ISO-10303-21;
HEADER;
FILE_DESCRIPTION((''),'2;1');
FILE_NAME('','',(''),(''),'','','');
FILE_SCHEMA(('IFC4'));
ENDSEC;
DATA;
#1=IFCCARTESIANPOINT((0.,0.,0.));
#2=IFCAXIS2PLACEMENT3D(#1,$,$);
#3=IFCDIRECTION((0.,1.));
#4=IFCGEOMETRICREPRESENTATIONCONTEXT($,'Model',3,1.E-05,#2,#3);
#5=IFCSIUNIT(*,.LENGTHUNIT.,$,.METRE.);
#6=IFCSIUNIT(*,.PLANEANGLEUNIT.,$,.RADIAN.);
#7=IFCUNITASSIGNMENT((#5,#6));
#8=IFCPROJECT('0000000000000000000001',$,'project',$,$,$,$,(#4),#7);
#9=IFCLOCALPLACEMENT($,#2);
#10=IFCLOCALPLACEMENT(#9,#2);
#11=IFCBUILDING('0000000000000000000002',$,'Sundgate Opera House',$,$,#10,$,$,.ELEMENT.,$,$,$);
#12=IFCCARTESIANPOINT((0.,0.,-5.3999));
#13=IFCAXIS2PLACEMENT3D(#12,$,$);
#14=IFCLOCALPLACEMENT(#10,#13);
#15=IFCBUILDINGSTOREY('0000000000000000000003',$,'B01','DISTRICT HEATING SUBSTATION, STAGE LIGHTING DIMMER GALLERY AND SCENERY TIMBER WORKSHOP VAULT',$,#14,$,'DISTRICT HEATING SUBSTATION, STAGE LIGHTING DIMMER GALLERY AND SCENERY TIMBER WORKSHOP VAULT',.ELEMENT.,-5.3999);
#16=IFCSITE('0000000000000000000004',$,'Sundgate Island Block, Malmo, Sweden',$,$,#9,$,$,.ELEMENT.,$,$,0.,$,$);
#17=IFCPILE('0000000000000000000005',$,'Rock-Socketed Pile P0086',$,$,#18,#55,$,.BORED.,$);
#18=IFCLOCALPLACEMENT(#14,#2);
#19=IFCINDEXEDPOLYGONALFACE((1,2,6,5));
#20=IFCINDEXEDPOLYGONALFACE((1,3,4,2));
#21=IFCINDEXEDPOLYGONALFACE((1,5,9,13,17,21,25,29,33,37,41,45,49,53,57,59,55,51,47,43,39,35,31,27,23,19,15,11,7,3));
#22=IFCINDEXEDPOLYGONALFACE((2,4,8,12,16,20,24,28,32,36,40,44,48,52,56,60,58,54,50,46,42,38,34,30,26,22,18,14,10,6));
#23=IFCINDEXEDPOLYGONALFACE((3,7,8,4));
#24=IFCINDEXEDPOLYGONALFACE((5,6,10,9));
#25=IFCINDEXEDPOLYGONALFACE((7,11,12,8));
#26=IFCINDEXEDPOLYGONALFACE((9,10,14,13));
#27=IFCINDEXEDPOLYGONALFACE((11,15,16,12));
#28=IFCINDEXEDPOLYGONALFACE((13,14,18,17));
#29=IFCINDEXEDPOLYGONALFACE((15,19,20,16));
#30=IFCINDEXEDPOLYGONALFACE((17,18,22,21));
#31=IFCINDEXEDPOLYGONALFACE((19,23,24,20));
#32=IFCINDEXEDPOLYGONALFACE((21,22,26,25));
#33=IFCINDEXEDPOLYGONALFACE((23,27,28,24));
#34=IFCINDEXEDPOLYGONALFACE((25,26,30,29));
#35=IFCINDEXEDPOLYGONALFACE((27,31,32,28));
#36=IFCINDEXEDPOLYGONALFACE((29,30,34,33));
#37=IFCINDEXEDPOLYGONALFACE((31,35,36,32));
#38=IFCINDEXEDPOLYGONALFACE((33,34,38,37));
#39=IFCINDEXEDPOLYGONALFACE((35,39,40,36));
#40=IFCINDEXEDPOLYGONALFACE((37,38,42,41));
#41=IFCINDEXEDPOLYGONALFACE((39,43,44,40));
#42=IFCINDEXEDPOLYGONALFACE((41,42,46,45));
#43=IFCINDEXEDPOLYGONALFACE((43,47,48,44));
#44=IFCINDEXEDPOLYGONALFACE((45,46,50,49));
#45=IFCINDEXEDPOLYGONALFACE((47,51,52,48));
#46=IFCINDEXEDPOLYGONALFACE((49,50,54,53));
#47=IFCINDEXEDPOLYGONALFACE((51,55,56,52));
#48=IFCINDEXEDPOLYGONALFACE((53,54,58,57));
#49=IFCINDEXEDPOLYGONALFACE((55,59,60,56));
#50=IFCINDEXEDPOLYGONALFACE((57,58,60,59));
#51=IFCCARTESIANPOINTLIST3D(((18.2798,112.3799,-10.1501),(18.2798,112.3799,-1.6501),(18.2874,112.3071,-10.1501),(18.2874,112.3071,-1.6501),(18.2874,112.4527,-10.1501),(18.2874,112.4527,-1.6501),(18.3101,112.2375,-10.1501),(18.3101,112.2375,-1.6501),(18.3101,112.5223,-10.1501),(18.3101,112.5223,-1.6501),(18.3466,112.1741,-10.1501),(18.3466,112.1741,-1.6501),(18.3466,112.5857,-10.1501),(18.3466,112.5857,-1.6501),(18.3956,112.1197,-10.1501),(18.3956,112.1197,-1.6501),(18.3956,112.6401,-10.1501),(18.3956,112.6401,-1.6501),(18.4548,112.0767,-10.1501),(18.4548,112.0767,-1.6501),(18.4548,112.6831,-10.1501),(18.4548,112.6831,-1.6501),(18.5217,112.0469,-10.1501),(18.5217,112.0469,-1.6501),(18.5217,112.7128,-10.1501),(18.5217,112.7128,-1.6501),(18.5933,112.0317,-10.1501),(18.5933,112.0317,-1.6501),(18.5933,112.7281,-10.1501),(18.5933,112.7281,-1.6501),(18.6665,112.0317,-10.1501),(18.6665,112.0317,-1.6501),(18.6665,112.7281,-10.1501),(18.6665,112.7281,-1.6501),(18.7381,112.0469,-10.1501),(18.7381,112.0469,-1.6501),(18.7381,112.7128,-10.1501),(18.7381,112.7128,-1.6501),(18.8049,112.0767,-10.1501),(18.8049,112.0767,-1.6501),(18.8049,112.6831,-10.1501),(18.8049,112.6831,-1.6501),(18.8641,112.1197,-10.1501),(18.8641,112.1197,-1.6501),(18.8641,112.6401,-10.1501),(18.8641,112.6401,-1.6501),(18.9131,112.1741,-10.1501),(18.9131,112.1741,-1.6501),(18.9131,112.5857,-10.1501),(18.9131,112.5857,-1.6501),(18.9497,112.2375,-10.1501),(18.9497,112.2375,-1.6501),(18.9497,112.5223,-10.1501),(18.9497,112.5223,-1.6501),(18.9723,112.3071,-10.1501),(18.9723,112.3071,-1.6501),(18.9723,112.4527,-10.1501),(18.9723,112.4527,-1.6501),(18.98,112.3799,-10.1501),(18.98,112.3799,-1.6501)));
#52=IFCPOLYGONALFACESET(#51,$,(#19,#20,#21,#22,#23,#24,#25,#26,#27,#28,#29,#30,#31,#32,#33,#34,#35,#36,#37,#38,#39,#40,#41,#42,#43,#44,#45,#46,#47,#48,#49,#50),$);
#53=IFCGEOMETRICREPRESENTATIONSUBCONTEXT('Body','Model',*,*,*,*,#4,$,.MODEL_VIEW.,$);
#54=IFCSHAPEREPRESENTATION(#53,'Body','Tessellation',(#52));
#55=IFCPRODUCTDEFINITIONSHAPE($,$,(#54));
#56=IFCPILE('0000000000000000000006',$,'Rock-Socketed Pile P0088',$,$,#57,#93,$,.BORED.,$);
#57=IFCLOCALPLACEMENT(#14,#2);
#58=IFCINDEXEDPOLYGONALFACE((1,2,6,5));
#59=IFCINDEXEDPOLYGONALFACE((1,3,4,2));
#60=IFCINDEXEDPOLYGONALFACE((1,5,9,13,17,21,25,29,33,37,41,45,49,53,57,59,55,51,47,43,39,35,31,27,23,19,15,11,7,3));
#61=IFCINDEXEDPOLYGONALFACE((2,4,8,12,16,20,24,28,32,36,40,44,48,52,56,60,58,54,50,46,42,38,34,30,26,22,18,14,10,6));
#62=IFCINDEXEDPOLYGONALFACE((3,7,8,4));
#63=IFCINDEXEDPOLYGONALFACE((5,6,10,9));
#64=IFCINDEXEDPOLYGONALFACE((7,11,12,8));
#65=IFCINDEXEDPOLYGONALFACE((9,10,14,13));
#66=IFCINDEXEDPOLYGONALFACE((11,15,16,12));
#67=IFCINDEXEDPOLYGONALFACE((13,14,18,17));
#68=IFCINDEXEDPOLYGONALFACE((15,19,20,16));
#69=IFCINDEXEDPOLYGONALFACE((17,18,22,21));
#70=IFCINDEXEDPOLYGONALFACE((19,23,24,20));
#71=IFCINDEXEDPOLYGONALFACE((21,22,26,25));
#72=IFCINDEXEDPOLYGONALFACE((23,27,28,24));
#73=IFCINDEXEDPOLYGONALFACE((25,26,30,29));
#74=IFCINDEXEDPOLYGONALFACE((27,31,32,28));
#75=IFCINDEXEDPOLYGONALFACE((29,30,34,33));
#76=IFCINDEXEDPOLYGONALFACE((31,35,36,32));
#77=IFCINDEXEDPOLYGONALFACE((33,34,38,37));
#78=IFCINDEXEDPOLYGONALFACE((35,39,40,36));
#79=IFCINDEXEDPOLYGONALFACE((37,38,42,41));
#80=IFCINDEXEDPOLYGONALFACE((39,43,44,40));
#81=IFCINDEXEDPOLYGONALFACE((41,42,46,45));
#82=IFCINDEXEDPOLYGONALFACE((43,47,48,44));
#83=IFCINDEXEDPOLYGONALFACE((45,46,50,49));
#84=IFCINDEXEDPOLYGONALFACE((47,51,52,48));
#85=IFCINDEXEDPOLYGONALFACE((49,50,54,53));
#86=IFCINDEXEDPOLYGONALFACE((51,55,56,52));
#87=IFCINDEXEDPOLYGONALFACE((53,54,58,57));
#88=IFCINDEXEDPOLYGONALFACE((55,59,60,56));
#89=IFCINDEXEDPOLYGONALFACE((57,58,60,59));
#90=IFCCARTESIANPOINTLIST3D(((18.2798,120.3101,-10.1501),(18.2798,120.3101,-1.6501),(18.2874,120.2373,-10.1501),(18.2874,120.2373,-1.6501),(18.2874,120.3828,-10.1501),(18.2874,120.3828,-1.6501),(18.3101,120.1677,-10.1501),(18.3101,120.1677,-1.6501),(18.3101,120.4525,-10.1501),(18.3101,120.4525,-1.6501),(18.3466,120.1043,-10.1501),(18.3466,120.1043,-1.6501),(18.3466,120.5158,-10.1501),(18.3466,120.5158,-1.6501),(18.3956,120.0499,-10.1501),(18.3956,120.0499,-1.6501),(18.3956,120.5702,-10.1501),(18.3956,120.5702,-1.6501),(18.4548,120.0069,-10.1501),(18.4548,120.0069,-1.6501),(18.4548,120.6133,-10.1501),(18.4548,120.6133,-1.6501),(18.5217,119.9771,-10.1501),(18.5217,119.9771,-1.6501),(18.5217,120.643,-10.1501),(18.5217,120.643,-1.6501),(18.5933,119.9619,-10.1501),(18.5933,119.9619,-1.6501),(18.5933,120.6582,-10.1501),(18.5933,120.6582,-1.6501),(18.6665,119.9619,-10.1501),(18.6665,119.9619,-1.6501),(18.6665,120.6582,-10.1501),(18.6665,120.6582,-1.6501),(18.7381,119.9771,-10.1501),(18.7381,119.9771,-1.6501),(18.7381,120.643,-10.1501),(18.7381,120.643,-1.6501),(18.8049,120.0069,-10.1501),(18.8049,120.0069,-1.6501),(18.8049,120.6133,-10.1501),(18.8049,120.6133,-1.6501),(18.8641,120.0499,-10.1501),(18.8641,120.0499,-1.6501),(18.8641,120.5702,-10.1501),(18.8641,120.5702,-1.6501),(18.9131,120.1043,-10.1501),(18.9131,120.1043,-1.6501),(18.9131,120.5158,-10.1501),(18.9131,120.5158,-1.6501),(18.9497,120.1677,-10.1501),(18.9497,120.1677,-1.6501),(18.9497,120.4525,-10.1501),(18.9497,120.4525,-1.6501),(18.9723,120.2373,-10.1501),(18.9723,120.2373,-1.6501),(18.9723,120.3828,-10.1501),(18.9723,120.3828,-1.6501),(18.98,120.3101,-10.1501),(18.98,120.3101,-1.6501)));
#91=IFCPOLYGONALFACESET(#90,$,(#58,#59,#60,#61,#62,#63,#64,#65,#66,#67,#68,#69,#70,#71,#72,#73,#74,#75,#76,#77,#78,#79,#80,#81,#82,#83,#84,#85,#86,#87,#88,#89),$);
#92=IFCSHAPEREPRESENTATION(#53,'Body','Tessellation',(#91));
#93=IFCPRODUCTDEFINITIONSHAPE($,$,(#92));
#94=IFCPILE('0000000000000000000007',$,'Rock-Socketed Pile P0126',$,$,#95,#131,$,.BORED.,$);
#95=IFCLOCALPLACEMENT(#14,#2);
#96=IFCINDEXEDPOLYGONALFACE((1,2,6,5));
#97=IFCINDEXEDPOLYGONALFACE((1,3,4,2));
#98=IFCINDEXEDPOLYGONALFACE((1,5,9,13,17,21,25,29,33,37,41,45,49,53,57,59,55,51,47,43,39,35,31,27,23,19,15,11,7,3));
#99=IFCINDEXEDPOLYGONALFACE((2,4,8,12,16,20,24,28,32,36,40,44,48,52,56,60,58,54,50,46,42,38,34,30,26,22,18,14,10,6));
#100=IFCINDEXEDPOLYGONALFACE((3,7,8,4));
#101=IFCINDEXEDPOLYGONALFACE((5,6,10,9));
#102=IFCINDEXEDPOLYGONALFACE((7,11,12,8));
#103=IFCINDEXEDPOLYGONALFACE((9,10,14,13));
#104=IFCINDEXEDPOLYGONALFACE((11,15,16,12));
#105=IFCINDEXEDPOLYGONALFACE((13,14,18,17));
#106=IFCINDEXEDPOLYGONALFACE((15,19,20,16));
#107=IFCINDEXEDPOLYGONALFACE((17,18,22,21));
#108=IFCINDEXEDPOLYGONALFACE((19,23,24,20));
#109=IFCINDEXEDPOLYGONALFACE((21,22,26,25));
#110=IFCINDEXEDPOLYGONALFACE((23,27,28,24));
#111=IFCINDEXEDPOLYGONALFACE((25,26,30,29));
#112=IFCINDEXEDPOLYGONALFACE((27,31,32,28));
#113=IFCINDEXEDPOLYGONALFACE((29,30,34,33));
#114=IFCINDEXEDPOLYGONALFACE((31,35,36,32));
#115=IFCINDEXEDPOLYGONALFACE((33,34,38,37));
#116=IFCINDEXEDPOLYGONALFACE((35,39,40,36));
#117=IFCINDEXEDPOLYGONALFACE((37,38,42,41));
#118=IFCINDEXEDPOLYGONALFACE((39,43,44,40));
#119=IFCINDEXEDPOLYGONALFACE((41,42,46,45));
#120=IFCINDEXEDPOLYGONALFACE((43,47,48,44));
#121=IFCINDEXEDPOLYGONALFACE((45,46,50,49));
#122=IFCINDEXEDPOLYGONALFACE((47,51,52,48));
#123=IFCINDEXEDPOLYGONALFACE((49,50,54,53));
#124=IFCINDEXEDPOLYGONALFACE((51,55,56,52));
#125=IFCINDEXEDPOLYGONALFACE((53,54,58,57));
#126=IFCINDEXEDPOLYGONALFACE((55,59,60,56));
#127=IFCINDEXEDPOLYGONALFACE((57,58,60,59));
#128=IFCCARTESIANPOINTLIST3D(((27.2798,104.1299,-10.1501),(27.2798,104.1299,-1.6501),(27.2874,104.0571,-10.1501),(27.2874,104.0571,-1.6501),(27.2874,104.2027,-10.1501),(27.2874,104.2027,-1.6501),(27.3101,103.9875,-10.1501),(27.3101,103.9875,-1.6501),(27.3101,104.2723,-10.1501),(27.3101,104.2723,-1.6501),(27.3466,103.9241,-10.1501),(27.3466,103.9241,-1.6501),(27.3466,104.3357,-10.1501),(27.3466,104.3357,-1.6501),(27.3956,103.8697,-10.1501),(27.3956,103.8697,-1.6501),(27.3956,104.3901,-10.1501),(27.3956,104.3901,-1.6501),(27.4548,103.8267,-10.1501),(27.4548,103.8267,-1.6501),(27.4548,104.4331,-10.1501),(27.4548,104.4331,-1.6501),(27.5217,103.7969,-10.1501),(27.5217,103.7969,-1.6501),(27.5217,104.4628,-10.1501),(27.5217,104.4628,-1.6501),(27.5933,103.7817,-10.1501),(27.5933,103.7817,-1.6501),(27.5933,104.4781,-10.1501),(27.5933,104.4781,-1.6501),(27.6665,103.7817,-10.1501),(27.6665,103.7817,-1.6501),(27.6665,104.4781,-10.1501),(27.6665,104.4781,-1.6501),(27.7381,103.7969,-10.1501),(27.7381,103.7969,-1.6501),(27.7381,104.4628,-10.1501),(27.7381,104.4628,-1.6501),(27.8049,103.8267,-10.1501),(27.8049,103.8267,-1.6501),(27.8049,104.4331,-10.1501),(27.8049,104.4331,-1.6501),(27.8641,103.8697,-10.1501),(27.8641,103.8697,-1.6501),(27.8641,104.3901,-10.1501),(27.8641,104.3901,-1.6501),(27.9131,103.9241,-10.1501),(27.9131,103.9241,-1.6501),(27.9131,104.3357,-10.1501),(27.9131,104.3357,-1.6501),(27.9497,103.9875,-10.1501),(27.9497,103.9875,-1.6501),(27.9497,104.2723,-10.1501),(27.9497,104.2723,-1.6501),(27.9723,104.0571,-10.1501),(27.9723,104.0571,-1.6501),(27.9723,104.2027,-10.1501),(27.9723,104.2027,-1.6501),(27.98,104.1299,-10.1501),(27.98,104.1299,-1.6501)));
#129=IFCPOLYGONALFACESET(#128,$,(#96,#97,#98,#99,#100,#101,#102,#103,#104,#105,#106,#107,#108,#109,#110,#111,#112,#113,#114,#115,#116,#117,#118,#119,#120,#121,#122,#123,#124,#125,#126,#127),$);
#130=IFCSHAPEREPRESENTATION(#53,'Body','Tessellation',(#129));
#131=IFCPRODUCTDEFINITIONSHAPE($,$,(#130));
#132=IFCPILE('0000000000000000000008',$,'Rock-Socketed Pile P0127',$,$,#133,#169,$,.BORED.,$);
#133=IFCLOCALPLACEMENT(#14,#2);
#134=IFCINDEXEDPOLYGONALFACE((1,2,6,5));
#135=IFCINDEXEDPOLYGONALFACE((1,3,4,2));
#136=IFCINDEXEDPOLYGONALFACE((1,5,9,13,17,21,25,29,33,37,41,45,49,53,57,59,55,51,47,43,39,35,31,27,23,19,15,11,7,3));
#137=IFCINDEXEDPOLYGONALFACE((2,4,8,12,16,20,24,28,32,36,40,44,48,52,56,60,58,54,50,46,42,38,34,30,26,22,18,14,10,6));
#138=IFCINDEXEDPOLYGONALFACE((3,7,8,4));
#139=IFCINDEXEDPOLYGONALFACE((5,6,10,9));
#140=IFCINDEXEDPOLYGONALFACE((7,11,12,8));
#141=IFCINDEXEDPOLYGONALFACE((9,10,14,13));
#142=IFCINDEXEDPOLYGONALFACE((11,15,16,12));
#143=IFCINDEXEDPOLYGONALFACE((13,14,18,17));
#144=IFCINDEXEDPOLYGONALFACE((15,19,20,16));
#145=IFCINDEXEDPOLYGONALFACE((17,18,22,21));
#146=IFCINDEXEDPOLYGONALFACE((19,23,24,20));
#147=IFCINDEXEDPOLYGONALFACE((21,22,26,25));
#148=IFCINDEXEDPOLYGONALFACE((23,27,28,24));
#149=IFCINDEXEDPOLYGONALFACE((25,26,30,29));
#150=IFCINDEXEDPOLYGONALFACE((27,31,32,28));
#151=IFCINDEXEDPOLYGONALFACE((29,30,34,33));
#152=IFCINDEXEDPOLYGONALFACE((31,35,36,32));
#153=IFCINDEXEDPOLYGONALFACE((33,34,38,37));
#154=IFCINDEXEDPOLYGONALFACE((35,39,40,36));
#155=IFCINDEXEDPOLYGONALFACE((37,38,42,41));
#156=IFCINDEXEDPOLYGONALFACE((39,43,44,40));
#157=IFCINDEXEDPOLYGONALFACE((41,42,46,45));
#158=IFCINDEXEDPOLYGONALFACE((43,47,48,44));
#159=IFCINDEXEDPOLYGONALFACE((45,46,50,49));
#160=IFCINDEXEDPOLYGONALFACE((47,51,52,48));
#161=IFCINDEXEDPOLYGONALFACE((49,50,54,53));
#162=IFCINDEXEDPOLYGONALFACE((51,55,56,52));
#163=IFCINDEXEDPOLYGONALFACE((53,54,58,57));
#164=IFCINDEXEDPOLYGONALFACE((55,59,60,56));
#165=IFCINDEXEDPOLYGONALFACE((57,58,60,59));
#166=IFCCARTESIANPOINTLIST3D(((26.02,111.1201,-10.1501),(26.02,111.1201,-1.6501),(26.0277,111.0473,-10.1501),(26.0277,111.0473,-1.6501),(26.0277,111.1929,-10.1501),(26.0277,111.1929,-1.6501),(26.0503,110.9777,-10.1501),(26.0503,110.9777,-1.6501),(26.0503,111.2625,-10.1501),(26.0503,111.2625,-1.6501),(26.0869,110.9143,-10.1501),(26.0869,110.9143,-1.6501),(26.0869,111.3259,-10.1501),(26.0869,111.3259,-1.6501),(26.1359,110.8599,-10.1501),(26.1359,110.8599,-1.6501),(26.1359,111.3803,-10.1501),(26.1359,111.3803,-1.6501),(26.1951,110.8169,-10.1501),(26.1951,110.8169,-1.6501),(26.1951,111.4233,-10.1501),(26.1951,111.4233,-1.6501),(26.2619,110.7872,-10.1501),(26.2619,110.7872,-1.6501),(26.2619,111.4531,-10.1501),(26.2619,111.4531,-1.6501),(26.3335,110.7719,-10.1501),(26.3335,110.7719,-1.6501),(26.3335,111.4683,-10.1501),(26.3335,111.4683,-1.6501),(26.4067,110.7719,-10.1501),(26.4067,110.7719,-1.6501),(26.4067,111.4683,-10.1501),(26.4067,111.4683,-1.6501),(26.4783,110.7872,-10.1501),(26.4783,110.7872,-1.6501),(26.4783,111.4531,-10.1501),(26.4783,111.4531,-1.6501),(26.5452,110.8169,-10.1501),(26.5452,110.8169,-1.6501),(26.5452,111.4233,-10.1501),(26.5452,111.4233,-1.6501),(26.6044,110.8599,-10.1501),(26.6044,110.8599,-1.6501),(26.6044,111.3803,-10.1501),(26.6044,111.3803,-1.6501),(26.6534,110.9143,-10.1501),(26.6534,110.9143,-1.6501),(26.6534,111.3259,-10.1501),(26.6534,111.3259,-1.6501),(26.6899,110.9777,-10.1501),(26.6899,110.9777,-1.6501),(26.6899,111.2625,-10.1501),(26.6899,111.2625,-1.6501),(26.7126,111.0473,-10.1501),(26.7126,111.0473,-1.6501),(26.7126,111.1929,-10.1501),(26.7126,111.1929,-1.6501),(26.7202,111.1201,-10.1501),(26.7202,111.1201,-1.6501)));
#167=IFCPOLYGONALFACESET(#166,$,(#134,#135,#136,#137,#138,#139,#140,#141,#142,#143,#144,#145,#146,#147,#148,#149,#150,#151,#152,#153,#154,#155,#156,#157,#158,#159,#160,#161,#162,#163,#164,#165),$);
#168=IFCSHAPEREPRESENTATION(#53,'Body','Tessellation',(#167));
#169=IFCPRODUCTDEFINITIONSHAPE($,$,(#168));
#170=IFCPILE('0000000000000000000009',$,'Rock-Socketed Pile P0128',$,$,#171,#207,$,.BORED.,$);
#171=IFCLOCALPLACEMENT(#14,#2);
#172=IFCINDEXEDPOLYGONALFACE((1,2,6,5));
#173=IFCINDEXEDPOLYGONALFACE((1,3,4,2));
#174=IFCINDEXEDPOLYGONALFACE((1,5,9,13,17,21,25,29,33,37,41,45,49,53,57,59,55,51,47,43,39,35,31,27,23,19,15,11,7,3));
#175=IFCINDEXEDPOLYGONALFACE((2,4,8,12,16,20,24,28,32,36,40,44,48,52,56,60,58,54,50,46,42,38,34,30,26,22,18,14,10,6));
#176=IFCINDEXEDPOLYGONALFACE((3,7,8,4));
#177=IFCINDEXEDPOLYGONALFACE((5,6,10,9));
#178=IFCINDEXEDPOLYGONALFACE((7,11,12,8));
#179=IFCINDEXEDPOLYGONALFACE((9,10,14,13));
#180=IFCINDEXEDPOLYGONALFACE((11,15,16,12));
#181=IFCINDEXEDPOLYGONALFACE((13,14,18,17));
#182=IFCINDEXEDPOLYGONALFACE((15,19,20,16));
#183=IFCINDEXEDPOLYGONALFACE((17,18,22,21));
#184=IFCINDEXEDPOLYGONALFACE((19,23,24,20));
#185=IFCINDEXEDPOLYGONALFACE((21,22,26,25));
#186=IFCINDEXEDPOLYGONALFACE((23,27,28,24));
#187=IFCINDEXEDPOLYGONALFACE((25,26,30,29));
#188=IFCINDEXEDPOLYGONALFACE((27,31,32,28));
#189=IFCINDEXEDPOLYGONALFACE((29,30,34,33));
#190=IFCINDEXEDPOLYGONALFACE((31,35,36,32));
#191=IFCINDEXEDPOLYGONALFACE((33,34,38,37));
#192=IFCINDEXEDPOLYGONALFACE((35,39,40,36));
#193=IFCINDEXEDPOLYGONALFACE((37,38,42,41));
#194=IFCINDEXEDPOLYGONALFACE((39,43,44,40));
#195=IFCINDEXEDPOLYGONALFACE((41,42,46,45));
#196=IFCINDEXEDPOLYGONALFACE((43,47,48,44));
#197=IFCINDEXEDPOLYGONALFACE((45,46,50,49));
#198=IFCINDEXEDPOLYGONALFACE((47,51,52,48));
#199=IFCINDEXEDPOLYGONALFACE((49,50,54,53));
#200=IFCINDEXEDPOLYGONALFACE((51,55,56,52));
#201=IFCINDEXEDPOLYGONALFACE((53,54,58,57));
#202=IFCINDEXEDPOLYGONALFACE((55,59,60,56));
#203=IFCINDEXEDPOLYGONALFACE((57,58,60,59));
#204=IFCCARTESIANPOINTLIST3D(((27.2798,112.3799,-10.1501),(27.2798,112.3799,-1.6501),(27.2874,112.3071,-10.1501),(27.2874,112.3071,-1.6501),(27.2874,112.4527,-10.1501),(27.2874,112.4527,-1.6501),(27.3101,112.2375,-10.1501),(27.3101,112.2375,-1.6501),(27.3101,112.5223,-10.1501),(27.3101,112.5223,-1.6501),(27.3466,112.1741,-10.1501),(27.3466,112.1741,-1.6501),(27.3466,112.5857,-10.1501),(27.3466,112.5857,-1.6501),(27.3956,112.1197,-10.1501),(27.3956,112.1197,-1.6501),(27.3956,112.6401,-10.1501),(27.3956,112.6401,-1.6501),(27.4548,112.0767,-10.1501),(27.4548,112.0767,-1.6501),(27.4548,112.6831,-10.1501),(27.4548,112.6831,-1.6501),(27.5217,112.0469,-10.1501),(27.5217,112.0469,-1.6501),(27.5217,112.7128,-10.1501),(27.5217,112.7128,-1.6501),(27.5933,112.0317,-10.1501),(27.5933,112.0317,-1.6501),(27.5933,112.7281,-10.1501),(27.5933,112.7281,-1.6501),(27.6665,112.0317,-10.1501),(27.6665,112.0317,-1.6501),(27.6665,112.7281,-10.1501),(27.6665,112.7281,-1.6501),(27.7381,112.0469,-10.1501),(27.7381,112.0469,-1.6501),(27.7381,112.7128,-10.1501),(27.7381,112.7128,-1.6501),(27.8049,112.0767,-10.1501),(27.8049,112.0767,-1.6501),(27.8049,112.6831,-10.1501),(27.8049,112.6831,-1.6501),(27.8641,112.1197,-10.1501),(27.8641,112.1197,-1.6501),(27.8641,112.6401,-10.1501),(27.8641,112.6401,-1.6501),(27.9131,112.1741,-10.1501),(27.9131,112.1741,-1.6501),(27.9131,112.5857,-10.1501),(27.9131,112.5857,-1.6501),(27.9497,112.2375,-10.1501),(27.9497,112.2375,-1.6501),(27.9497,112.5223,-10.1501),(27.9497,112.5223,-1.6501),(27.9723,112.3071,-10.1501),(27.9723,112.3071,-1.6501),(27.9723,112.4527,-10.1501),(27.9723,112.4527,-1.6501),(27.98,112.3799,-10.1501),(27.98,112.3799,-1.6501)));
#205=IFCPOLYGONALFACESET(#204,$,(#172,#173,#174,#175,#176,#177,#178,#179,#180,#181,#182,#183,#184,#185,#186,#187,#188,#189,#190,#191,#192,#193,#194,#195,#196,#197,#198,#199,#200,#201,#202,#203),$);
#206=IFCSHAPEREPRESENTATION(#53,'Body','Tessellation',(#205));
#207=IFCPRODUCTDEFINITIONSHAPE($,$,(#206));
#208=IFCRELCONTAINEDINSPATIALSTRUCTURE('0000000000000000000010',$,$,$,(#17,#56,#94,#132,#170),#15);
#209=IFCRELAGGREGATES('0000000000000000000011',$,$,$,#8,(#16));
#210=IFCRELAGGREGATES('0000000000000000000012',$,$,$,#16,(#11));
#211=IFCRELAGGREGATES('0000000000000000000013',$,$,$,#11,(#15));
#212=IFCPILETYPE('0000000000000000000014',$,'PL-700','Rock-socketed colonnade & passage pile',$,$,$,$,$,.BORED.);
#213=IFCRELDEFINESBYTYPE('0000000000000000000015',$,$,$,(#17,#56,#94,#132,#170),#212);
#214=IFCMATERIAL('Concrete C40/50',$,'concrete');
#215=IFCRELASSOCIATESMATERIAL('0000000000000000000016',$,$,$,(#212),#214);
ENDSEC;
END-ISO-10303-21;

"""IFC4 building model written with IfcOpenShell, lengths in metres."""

from ifc_helpers import new_model, si_unit, direction, frame, origin, origin_2d, place, context, subcontext, project, spatial, circle, extrude, material, material_profile, profile_set, type_object, element, save


model = new_model("IFC4")

# Units and contexts
model_context = context("Model", 3, precision=1e-05, world=origin(), true_north=direction((0.0, 1.0)))
body_context = subcontext(model_context, "Body", "Model", "MODEL_VIEW")
ifc_project = project(units=[si_unit("LENGTHUNIT", "METRE"), si_unit("PLANEANGLEUNIT", "RADIAN")], contexts=[model_context])

# Site, building, storey
site_placement = place(None, origin())
site = spatial("IfcSite", under=ifc_project, at=site_placement, Name="Sundgate Island Block, Malmo, Sweden", CompositionType="ELEMENT", RefElevation=0.0)
building_placement = place(site_placement, origin())
building = spatial("IfcBuilding", under=site, at=building_placement, Name="Sundgate Opera House", CompositionType="ELEMENT")
storey_placement = place(building_placement, frame((0.0, 0.0, -5.3999)))
storey = spatial("IfcBuildingStorey", under=building, at=storey_placement, Name="B01", Description="DISTRICT HEATING SUBSTATION, STAGE LIGHTING DIMMER GALLERY AND SCENERY TIMBER WORKSHOP VAULT", LongName="DISTRICT HEATING SUBSTATION, STAGE LIGHTING DIMMER GALLERY AND SCENERY TIMBER WORKSHOP VAULT", CompositionType="ELEMENT", Elevation=-5.3999)

# Piles
ifc_material_1 = material(Name="Concrete C40/50", Category="concrete")
ifc_material_profile_1 = material_profile(ifc_material_1, circle(Radius=0.3501, at=origin_2d()), Name="PILE D700")
ifc_profile_set_1 = profile_set([ifc_material_profile_1], Name="Concrete C40/50")
pile_type = type_object("IfcPileType", Name="PL-700", Description="Rock-socketed colonnade & passage pile", PredefinedType="BORED", material=ifc_profile_set_1)
for number, where, z_axis, x_axis, name in (
    (1, (18.6299, 112.3799, -1.6501), (0.0, 0.0, -1.0), (1.0, 0.0, 0.0), "Rock-Socketed Pile P0086"),
    (2, (18.6299, 120.3101, -1.6501), (0.0, 0.0, -1.0), (1.0, 0.0, 0.0), "Rock-Socketed Pile P0088"),
    (3, (27.6299, 104.1299, -1.6501), (0.0, 0.0, -1.0), (1.0, 0.0, 0.0), "Rock-Socketed Pile P0126"),
    (4, (26.3701, 111.1201, -1.6501), (0.0, 0.0, -1.0), (1.0, 0.0, 0.0), "Rock-Socketed Pile P0127"),
    (5, (27.6299, 112.3799, -1.6501), (0.0, 0.0, -1.0), (1.0, 0.0, 0.0), "Rock-Socketed Pile P0128"),
):
    element("IfcPile", number, at=place(storey_placement, frame(where, z_axis=z_axis, x_axis=x_axis)), inside=storey, type_object=pile_type, Name=name, PredefinedType="BORED", context=body_context, shape_type="SweptSolid", body=[
        extrude(circle(Radius=0.3501, at=origin_2d()), origin(), (0.0, 0.0, 1.0), 8.5),
    ])

save(model, "model.ifc")
